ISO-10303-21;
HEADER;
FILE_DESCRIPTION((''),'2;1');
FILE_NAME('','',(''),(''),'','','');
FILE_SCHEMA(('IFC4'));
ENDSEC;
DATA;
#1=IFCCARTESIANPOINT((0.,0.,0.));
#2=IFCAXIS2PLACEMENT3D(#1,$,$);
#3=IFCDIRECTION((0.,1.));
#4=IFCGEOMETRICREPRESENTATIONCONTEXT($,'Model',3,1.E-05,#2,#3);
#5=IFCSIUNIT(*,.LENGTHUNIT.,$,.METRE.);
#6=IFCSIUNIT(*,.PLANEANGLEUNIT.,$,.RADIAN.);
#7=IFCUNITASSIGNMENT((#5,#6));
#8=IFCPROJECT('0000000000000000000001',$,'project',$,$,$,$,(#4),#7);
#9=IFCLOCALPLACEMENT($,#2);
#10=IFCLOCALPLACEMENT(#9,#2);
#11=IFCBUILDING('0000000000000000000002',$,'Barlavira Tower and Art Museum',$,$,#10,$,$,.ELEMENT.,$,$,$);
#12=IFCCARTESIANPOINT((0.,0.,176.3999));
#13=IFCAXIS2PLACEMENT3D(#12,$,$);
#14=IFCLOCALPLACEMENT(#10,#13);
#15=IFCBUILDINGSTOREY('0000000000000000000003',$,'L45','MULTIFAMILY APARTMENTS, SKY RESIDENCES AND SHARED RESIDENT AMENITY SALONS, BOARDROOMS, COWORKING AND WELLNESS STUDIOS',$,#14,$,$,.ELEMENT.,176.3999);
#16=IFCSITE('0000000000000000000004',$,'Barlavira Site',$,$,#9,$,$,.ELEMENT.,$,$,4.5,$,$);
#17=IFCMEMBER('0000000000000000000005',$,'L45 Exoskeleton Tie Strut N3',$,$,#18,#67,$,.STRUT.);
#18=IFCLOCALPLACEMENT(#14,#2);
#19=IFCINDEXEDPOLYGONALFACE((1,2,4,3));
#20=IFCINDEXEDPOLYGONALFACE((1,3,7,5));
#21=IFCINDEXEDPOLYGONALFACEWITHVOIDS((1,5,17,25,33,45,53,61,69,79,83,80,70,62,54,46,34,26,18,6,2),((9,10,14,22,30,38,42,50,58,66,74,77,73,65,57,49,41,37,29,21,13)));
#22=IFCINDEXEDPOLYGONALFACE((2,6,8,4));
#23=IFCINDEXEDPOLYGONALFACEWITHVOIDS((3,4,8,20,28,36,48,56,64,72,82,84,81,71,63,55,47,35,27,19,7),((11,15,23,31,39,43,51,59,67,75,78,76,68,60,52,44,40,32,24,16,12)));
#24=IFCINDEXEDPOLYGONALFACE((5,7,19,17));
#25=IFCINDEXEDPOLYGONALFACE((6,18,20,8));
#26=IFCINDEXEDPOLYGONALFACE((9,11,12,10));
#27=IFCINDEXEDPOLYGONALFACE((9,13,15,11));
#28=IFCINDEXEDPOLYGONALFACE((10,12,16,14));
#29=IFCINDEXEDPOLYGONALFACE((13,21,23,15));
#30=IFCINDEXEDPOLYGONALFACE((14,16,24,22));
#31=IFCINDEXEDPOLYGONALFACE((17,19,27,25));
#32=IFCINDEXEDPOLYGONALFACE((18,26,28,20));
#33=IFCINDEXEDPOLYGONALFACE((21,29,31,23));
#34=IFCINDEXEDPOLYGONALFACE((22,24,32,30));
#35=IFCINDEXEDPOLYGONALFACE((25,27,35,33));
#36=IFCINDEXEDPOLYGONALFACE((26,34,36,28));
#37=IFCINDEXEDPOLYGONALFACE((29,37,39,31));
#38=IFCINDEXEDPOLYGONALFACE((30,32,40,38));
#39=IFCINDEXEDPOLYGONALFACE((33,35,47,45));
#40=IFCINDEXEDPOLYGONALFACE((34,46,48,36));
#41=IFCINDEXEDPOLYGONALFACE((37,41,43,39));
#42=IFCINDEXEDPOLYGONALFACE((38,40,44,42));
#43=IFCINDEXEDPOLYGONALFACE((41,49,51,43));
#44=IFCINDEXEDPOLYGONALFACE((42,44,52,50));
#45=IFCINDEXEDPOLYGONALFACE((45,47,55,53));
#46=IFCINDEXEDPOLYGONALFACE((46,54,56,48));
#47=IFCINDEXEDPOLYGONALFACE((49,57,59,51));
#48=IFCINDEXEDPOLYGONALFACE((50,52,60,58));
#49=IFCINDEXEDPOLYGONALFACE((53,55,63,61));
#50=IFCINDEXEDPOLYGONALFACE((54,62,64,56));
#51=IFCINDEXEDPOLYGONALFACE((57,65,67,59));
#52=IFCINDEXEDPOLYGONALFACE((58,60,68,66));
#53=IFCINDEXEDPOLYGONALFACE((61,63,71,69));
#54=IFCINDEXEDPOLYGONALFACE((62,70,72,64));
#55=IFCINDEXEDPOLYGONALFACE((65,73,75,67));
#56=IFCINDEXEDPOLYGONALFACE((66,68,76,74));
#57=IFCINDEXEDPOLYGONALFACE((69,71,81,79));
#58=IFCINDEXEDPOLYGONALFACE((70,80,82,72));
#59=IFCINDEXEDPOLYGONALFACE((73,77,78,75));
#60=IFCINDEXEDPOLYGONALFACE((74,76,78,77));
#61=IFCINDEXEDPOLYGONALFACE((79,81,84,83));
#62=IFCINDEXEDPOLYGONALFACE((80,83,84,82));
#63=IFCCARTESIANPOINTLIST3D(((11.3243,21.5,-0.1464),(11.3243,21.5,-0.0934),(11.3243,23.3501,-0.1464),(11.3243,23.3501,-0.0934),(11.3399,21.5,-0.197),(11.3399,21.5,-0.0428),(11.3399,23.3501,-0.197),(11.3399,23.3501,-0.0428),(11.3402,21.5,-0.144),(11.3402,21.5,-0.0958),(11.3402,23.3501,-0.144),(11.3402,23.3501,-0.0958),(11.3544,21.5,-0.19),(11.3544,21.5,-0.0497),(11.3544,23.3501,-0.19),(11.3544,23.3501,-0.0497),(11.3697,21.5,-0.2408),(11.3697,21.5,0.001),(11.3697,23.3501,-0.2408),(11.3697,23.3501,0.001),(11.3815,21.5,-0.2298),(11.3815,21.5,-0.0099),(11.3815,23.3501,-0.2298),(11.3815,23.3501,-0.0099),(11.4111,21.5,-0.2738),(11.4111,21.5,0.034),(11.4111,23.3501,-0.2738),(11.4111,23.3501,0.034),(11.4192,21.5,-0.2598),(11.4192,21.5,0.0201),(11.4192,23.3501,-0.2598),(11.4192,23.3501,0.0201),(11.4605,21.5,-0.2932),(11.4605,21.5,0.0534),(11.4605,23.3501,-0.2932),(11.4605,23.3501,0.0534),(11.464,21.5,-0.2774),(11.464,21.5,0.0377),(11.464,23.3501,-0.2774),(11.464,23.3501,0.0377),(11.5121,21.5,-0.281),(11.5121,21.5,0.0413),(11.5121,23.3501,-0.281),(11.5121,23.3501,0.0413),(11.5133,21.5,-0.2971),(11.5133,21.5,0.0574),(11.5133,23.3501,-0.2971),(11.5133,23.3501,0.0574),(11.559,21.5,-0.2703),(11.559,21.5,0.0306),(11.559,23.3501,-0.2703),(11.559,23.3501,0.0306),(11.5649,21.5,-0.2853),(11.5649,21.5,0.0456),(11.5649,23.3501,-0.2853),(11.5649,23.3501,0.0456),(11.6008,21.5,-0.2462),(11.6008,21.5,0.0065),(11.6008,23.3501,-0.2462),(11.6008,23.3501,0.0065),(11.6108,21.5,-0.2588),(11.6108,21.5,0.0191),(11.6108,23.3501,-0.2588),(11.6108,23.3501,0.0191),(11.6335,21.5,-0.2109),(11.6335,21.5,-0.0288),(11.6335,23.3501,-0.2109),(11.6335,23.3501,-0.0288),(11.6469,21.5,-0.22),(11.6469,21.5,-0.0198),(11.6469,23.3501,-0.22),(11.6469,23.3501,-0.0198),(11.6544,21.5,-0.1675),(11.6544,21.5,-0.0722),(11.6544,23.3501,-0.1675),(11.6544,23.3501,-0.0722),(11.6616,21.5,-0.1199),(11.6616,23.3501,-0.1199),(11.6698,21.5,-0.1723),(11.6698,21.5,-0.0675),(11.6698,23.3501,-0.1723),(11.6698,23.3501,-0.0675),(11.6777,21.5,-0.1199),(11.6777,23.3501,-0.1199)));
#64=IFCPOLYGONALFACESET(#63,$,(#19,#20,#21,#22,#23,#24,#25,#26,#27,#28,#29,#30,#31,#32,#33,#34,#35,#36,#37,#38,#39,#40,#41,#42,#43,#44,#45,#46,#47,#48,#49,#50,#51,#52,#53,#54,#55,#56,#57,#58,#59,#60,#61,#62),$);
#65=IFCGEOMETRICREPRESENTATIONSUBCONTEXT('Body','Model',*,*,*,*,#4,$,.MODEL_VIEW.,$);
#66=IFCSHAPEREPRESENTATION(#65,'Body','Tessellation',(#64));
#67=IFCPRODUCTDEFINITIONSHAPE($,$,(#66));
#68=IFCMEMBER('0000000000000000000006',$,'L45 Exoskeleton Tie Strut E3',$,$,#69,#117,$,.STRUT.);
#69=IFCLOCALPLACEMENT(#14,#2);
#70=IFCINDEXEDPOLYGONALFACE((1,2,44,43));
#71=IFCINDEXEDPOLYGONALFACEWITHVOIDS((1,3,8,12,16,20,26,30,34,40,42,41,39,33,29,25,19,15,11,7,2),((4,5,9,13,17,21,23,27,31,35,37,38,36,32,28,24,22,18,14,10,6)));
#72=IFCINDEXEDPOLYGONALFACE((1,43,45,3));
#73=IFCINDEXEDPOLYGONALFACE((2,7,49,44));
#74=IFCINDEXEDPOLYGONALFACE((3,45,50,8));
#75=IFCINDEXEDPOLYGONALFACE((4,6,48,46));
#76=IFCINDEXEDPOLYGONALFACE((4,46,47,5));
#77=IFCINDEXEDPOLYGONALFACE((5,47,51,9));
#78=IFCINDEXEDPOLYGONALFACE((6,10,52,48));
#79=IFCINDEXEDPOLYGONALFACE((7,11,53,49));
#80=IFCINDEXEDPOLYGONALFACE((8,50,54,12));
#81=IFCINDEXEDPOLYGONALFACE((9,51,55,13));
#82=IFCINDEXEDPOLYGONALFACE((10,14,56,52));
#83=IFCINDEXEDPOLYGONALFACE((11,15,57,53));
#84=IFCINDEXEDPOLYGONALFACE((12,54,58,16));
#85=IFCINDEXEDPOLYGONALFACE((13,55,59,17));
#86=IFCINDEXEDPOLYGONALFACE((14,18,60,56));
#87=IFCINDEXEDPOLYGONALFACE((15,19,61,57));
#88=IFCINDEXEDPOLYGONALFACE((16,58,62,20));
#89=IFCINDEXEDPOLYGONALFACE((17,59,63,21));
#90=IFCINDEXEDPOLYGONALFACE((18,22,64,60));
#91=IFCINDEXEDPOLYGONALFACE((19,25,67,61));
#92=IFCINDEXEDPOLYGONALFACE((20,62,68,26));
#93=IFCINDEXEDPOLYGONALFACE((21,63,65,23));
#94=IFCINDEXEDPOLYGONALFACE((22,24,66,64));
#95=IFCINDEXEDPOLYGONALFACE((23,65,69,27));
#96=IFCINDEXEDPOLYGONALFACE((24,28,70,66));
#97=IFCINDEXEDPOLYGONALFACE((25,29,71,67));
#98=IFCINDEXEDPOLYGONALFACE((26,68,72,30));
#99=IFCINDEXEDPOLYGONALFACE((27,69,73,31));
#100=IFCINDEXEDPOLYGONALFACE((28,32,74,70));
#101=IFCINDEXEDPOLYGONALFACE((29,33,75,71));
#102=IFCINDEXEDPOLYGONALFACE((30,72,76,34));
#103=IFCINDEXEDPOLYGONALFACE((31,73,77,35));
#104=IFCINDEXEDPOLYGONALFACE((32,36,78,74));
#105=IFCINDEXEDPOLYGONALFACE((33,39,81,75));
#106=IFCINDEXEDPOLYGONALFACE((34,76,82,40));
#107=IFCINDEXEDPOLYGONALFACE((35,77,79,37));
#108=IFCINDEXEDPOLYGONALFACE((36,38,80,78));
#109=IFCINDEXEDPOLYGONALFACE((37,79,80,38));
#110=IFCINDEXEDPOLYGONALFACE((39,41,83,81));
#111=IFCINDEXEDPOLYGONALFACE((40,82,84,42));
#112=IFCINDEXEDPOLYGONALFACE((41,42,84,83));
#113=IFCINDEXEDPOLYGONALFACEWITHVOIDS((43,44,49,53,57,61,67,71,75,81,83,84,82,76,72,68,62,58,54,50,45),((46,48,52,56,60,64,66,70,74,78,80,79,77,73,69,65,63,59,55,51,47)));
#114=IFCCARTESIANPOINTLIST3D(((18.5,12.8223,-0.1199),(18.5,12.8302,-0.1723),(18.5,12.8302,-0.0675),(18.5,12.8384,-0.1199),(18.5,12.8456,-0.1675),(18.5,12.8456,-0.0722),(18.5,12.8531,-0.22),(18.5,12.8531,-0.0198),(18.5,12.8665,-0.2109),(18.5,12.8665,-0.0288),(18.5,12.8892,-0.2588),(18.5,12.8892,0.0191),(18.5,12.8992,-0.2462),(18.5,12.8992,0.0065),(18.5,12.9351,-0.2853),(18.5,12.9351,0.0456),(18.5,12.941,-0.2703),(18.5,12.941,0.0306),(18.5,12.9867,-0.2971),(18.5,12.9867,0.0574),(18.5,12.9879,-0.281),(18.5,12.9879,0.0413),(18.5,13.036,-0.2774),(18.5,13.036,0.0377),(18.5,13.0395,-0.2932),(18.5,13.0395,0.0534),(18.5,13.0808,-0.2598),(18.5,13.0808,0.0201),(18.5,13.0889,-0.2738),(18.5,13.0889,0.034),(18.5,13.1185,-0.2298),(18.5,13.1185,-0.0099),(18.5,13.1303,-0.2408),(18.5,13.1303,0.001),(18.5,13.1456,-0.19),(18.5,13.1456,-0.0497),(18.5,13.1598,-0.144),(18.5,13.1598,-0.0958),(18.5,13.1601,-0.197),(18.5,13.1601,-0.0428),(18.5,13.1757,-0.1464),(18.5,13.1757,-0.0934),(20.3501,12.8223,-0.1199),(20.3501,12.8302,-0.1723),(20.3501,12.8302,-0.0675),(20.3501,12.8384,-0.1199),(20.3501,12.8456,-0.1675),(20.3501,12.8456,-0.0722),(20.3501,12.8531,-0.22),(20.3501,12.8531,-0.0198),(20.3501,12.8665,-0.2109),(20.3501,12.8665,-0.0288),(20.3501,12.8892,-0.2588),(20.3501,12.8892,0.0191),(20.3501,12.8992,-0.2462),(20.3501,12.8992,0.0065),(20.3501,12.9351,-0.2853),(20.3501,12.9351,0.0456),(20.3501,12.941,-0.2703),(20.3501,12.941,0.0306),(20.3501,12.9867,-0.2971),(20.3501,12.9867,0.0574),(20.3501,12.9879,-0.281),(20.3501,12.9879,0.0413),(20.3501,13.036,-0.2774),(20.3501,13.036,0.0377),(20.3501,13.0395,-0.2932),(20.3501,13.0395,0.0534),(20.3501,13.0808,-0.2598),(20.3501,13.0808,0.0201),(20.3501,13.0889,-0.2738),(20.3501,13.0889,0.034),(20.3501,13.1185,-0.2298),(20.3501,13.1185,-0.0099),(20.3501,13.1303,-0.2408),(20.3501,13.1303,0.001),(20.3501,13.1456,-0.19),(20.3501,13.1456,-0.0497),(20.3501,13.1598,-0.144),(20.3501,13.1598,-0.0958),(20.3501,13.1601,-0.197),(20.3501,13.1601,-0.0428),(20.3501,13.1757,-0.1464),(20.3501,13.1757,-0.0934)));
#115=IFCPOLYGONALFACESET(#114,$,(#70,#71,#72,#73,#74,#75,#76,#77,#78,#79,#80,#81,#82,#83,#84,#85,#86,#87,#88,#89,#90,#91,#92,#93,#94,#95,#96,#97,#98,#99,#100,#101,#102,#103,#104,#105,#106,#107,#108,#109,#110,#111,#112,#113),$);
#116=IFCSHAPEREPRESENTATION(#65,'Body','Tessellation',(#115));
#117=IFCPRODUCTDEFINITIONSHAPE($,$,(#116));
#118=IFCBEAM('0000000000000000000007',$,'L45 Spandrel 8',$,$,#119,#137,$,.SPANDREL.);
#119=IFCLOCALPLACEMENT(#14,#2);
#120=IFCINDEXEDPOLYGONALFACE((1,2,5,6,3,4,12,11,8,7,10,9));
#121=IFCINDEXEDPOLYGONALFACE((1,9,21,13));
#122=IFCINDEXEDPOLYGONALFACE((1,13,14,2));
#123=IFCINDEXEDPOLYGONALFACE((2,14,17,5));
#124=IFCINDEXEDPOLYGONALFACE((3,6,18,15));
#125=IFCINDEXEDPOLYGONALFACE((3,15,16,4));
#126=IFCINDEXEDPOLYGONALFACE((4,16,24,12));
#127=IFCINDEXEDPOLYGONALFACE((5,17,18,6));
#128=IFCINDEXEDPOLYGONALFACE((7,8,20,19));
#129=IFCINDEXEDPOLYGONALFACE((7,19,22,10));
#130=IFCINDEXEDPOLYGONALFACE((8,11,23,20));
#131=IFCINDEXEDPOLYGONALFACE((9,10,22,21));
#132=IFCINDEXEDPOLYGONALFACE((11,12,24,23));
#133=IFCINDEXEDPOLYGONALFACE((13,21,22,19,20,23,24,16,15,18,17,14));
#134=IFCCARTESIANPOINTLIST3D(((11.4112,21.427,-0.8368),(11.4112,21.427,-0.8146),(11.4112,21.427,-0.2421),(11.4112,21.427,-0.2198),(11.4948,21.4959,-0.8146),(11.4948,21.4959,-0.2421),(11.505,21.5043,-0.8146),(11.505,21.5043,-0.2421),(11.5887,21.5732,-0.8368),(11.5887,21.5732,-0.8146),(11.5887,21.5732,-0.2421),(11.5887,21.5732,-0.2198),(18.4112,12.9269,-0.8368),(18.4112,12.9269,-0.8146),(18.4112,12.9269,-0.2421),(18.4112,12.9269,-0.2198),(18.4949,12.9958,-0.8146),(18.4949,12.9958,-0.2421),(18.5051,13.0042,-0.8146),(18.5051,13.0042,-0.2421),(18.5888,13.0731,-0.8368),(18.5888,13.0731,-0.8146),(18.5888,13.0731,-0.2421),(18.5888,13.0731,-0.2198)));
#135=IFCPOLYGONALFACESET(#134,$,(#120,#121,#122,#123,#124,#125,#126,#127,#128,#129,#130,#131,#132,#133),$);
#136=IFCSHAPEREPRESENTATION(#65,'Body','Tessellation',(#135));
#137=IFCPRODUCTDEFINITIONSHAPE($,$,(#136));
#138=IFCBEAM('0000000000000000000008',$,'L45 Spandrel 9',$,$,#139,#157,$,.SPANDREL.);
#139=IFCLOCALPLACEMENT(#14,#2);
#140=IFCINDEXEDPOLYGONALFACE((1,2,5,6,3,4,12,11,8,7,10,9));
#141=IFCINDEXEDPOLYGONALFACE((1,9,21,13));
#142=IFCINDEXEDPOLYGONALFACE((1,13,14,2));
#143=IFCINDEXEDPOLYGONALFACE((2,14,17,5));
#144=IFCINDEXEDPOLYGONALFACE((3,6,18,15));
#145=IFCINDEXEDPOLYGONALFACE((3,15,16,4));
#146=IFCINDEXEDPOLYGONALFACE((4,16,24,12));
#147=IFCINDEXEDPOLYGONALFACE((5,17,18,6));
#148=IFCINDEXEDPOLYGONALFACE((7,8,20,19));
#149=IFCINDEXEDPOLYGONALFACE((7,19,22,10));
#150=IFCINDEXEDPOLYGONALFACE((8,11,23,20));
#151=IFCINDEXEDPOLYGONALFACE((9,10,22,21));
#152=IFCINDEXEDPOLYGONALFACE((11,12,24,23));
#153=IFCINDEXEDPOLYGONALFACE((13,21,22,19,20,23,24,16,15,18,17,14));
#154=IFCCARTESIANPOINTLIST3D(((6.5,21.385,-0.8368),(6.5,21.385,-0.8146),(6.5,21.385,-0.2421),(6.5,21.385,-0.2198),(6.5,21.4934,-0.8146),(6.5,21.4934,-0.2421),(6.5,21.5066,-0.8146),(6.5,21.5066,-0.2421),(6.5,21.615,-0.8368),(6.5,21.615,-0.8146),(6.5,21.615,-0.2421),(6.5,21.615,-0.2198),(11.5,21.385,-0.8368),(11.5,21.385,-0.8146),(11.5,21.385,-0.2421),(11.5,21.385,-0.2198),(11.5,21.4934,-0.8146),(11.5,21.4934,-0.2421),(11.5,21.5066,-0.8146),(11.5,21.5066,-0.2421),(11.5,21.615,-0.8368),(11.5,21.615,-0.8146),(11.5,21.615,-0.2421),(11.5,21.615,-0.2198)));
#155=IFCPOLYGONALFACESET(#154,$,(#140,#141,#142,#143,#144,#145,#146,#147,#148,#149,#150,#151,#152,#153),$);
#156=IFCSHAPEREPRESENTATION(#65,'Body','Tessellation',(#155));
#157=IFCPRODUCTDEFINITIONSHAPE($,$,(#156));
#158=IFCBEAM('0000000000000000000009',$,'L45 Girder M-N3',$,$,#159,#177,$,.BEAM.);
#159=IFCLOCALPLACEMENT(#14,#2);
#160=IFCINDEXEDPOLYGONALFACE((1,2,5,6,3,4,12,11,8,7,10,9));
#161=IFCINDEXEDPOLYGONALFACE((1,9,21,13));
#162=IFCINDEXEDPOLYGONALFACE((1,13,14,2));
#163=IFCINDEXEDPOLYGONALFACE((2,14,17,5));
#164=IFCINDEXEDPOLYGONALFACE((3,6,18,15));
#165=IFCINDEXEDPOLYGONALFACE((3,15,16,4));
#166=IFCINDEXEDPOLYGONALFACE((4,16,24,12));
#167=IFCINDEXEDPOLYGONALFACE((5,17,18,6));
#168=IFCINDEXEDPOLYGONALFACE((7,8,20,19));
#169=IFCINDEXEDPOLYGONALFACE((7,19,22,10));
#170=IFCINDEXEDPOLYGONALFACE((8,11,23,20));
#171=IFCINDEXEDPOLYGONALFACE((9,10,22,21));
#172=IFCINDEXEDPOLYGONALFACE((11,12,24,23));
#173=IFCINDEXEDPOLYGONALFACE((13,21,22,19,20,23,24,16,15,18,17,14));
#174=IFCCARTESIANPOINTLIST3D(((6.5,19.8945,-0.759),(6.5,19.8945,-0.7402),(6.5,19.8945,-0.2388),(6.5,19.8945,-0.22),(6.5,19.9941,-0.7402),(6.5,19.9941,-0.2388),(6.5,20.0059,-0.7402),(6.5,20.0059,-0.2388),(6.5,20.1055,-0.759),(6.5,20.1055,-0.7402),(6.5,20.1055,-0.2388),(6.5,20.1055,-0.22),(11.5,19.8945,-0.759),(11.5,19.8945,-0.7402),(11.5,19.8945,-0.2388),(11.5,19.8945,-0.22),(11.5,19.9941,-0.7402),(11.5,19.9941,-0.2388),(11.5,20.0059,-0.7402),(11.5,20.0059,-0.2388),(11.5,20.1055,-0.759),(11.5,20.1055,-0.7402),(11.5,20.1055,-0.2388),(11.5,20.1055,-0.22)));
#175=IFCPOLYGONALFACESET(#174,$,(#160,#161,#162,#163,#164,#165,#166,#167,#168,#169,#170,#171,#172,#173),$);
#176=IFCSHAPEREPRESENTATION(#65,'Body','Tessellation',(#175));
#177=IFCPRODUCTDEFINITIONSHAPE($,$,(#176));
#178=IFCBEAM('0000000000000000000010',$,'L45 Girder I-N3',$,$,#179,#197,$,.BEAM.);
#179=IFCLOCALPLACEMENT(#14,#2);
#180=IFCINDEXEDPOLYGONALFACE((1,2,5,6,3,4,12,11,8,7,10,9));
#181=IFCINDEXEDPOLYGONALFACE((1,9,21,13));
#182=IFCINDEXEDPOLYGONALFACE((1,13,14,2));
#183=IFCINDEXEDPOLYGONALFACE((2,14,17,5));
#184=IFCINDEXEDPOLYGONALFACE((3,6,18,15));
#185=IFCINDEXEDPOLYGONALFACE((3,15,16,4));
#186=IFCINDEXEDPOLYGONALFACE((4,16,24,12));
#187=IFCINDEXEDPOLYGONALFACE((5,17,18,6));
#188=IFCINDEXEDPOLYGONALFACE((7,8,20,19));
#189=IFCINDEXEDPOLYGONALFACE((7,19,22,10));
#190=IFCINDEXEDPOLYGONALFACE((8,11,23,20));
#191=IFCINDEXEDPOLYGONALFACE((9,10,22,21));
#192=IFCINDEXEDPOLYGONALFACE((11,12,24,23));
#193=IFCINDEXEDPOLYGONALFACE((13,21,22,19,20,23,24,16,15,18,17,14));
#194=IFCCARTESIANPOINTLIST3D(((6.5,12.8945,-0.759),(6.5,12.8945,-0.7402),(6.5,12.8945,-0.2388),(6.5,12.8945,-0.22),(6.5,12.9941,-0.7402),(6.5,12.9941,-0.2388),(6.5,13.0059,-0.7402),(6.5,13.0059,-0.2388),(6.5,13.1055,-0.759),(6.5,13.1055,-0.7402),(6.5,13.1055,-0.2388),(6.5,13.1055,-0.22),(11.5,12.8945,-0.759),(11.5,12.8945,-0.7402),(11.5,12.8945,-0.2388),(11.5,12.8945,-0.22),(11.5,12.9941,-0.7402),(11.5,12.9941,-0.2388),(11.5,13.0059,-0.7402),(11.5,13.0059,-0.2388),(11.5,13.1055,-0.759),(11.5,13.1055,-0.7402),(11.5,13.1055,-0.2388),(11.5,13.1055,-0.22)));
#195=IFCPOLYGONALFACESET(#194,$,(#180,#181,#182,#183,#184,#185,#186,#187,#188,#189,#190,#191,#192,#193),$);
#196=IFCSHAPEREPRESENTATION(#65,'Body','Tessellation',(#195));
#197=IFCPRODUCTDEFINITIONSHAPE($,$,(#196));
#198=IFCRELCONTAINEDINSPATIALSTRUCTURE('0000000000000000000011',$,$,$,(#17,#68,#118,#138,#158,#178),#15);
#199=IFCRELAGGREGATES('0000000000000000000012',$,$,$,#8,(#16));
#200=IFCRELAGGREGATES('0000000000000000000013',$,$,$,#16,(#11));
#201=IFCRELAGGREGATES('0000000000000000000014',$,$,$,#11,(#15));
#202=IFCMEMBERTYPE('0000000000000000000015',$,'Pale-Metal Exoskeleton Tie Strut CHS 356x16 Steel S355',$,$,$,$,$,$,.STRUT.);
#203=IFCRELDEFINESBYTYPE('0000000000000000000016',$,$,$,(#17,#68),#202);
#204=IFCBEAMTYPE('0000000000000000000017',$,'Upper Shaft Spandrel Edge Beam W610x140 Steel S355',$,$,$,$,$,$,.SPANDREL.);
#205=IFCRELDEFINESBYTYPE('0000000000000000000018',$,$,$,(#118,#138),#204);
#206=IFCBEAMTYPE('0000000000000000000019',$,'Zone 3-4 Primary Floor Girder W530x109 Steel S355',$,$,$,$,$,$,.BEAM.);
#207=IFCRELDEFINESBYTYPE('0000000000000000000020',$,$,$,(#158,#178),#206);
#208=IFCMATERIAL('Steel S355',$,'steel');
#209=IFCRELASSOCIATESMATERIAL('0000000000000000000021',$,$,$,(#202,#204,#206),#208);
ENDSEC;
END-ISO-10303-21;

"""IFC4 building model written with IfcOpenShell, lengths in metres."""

from ifc_helpers import new_model, si_unit, direction, frame, origin, origin_2d, place, context, subcontext, project, spatial, hollow_circle, i_section, extrude, material, material_profile, profile_set, type_object, element, save


model = new_model("IFC4")

# Units and contexts
model_context = context("Model", 3, precision=1e-05, world=origin(), true_north=direction((0.0, 1.0)))
body_context = subcontext(model_context, "Body", "Model", "MODEL_VIEW")
ifc_project = project(units=[si_unit("LENGTHUNIT", "METRE"), si_unit("PLANEANGLEUNIT", "RADIAN")], contexts=[model_context])

# Site, building, storey
site_placement = place(None, origin())
site = spatial("IfcSite", under=ifc_project, at=site_placement, Name="Barlavira Site", CompositionType="ELEMENT", RefElevation=4.5)
building_placement = place(site_placement, origin())
building = spatial("IfcBuilding", under=site, at=building_placement, Name="Barlavira Tower and Art Museum", CompositionType="ELEMENT")
storey_placement = place(building_placement, frame((0.0, 0.0, 176.3999)))
storey = spatial("IfcBuildingStorey", under=building, at=storey_placement, Name="L45", Description="MULTIFAMILY APARTMENTS, SKY RESIDENCES AND SHARED RESIDENT AMENITY SALONS, BOARDROOMS, COWORKING AND WELLNESS STUDIOS", CompositionType="ELEMENT", Elevation=176.3999)

# Members
ifc_material_1 = material(Name="Steel S355", Category="steel")
ifc_material_profile_1 = material_profile(ifc_material_1, hollow_circle(Radius=0.1777, WallThickness=0.0161, at=origin_2d()), Name="CHS 355.6x16.0")
ifc_profile_set_1 = profile_set([ifc_material_profile_1], Name="Steel S355")
member_type_1 = type_object("IfcMemberType", Name="Pale-Metal Exoskeleton Tie Strut CHS 356x16 Steel S355", PredefinedType="STRUT", material=ifc_profile_set_1)
for number, where, z_axis, x_axis, name in (
    (1, (11.5, 23.3501, -0.1199), (0.0, -1.0, 0.0), (1.0, 0.0, 0.0), "L45 Exoskeleton Tie Strut N3"),
    (2, (20.3501, 13.0, -0.1199), (-1.0, 0.0, 0.0), (0.0, -1.0, 0.0), "L45 Exoskeleton Tie Strut E3"),
):
    element("IfcMember", number, at=place(storey_placement, frame(where, z_axis=z_axis, x_axis=x_axis)), inside=storey, type_object=member_type_1, Name=name, PredefinedType="STRUT", context=body_context, shape_type="SweptSolid", body=[
        extrude(hollow_circle(Radius=0.1777, WallThickness=0.0161, at=origin_2d()), origin(), (0.0, 0.0, 1.0), 1.8501),
    ])

# Beams
ifc_material_profile_2 = material_profile(ifc_material_1, i_section(OverallWidth=0.23, OverallDepth=0.6169, WebThickness=0.0132, FlangeThickness=0.0222, at=origin_2d()), Name="W610x140.0")
ifc_profile_set_2 = profile_set([ifc_material_profile_2], Name="Steel S355")
beam_type_1 = type_object("IfcBeamType", Name="Upper Shaft Spandrel Edge Beam W610x140 Steel S355", PredefinedType="SPANDREL", material=ifc_profile_set_2)
beam_1_placement = place(storey_placement, frame((18.5, 13.0, -0.5283), z_axis=(-0.635707, 0.77193, 0.0), x_axis=(-0.77193, -0.635707, 0.0)))
element("IfcBeam", 3, at=beam_1_placement, inside=storey, type_object=beam_type_1, Name="L45 Spandrel 8", PredefinedType="SPANDREL", context=body_context, shape_type="SweptSolid", body=[
    extrude(i_section(OverallWidth=0.23, OverallDepth=0.6169, WebThickness=0.0132, FlangeThickness=0.0222, at=origin_2d()), origin(), (0.0, 0.0, 1.0), 11.0115),
])
beam_2_placement = place(storey_placement, frame((6.5, 21.5, -0.5283), z_axis=(1.0, 0.0, 0.0), x_axis=(0.0, 1.0, 0.0)))
element("IfcBeam", 4, at=beam_2_placement, inside=storey, type_object=beam_type_1, Name="L45 Spandrel 9", PredefinedType="SPANDREL", context=body_context, shape_type="SweptSolid", body=[
    extrude(i_section(OverallWidth=0.23, OverallDepth=0.6169, WebThickness=0.0132, FlangeThickness=0.0222, at=origin_2d()), origin(), (0.0, 0.0, 1.0), 5.0),
])
ifc_material_profile_3 = material_profile(ifc_material_1, i_section(OverallWidth=0.2109, OverallDepth=0.5391, WebThickness=0.0117, FlangeThickness=0.0188, at=origin_2d()), Name="W530x109.0")
ifc_profile_set_3 = profile_set([ifc_material_profile_3], Name="Steel S355")
beam_type_2 = type_object("IfcBeamType", Name="Zone 3-4 Primary Floor Girder W530x109 Steel S355", PredefinedType="BEAM", material=ifc_profile_set_3)
for number, where, z_axis, x_axis, name in (
    (5, (6.5, 20.0, -0.4895), (1.0, 0.0, 0.0), (0.0, 1.0, 0.0), "L45 Girder M-N3"),
    (6, (6.5, 13.0, -0.4895), (1.0, 0.0, 0.0), (0.0, 1.0, 0.0), "L45 Girder I-N3"),
):
    element("IfcBeam", number, at=place(storey_placement, frame(where, z_axis=z_axis, x_axis=x_axis)), inside=storey, type_object=beam_type_2, Name=name, PredefinedType="BEAM", context=body_context, shape_type="SweptSolid", body=[
        extrude(i_section(OverallWidth=0.2109, OverallDepth=0.5391, WebThickness=0.0117, FlangeThickness=0.0188, at=origin_2d()), origin(), (0.0, 0.0, 1.0), 5.0),
    ])

save(model, "model.ifc")
